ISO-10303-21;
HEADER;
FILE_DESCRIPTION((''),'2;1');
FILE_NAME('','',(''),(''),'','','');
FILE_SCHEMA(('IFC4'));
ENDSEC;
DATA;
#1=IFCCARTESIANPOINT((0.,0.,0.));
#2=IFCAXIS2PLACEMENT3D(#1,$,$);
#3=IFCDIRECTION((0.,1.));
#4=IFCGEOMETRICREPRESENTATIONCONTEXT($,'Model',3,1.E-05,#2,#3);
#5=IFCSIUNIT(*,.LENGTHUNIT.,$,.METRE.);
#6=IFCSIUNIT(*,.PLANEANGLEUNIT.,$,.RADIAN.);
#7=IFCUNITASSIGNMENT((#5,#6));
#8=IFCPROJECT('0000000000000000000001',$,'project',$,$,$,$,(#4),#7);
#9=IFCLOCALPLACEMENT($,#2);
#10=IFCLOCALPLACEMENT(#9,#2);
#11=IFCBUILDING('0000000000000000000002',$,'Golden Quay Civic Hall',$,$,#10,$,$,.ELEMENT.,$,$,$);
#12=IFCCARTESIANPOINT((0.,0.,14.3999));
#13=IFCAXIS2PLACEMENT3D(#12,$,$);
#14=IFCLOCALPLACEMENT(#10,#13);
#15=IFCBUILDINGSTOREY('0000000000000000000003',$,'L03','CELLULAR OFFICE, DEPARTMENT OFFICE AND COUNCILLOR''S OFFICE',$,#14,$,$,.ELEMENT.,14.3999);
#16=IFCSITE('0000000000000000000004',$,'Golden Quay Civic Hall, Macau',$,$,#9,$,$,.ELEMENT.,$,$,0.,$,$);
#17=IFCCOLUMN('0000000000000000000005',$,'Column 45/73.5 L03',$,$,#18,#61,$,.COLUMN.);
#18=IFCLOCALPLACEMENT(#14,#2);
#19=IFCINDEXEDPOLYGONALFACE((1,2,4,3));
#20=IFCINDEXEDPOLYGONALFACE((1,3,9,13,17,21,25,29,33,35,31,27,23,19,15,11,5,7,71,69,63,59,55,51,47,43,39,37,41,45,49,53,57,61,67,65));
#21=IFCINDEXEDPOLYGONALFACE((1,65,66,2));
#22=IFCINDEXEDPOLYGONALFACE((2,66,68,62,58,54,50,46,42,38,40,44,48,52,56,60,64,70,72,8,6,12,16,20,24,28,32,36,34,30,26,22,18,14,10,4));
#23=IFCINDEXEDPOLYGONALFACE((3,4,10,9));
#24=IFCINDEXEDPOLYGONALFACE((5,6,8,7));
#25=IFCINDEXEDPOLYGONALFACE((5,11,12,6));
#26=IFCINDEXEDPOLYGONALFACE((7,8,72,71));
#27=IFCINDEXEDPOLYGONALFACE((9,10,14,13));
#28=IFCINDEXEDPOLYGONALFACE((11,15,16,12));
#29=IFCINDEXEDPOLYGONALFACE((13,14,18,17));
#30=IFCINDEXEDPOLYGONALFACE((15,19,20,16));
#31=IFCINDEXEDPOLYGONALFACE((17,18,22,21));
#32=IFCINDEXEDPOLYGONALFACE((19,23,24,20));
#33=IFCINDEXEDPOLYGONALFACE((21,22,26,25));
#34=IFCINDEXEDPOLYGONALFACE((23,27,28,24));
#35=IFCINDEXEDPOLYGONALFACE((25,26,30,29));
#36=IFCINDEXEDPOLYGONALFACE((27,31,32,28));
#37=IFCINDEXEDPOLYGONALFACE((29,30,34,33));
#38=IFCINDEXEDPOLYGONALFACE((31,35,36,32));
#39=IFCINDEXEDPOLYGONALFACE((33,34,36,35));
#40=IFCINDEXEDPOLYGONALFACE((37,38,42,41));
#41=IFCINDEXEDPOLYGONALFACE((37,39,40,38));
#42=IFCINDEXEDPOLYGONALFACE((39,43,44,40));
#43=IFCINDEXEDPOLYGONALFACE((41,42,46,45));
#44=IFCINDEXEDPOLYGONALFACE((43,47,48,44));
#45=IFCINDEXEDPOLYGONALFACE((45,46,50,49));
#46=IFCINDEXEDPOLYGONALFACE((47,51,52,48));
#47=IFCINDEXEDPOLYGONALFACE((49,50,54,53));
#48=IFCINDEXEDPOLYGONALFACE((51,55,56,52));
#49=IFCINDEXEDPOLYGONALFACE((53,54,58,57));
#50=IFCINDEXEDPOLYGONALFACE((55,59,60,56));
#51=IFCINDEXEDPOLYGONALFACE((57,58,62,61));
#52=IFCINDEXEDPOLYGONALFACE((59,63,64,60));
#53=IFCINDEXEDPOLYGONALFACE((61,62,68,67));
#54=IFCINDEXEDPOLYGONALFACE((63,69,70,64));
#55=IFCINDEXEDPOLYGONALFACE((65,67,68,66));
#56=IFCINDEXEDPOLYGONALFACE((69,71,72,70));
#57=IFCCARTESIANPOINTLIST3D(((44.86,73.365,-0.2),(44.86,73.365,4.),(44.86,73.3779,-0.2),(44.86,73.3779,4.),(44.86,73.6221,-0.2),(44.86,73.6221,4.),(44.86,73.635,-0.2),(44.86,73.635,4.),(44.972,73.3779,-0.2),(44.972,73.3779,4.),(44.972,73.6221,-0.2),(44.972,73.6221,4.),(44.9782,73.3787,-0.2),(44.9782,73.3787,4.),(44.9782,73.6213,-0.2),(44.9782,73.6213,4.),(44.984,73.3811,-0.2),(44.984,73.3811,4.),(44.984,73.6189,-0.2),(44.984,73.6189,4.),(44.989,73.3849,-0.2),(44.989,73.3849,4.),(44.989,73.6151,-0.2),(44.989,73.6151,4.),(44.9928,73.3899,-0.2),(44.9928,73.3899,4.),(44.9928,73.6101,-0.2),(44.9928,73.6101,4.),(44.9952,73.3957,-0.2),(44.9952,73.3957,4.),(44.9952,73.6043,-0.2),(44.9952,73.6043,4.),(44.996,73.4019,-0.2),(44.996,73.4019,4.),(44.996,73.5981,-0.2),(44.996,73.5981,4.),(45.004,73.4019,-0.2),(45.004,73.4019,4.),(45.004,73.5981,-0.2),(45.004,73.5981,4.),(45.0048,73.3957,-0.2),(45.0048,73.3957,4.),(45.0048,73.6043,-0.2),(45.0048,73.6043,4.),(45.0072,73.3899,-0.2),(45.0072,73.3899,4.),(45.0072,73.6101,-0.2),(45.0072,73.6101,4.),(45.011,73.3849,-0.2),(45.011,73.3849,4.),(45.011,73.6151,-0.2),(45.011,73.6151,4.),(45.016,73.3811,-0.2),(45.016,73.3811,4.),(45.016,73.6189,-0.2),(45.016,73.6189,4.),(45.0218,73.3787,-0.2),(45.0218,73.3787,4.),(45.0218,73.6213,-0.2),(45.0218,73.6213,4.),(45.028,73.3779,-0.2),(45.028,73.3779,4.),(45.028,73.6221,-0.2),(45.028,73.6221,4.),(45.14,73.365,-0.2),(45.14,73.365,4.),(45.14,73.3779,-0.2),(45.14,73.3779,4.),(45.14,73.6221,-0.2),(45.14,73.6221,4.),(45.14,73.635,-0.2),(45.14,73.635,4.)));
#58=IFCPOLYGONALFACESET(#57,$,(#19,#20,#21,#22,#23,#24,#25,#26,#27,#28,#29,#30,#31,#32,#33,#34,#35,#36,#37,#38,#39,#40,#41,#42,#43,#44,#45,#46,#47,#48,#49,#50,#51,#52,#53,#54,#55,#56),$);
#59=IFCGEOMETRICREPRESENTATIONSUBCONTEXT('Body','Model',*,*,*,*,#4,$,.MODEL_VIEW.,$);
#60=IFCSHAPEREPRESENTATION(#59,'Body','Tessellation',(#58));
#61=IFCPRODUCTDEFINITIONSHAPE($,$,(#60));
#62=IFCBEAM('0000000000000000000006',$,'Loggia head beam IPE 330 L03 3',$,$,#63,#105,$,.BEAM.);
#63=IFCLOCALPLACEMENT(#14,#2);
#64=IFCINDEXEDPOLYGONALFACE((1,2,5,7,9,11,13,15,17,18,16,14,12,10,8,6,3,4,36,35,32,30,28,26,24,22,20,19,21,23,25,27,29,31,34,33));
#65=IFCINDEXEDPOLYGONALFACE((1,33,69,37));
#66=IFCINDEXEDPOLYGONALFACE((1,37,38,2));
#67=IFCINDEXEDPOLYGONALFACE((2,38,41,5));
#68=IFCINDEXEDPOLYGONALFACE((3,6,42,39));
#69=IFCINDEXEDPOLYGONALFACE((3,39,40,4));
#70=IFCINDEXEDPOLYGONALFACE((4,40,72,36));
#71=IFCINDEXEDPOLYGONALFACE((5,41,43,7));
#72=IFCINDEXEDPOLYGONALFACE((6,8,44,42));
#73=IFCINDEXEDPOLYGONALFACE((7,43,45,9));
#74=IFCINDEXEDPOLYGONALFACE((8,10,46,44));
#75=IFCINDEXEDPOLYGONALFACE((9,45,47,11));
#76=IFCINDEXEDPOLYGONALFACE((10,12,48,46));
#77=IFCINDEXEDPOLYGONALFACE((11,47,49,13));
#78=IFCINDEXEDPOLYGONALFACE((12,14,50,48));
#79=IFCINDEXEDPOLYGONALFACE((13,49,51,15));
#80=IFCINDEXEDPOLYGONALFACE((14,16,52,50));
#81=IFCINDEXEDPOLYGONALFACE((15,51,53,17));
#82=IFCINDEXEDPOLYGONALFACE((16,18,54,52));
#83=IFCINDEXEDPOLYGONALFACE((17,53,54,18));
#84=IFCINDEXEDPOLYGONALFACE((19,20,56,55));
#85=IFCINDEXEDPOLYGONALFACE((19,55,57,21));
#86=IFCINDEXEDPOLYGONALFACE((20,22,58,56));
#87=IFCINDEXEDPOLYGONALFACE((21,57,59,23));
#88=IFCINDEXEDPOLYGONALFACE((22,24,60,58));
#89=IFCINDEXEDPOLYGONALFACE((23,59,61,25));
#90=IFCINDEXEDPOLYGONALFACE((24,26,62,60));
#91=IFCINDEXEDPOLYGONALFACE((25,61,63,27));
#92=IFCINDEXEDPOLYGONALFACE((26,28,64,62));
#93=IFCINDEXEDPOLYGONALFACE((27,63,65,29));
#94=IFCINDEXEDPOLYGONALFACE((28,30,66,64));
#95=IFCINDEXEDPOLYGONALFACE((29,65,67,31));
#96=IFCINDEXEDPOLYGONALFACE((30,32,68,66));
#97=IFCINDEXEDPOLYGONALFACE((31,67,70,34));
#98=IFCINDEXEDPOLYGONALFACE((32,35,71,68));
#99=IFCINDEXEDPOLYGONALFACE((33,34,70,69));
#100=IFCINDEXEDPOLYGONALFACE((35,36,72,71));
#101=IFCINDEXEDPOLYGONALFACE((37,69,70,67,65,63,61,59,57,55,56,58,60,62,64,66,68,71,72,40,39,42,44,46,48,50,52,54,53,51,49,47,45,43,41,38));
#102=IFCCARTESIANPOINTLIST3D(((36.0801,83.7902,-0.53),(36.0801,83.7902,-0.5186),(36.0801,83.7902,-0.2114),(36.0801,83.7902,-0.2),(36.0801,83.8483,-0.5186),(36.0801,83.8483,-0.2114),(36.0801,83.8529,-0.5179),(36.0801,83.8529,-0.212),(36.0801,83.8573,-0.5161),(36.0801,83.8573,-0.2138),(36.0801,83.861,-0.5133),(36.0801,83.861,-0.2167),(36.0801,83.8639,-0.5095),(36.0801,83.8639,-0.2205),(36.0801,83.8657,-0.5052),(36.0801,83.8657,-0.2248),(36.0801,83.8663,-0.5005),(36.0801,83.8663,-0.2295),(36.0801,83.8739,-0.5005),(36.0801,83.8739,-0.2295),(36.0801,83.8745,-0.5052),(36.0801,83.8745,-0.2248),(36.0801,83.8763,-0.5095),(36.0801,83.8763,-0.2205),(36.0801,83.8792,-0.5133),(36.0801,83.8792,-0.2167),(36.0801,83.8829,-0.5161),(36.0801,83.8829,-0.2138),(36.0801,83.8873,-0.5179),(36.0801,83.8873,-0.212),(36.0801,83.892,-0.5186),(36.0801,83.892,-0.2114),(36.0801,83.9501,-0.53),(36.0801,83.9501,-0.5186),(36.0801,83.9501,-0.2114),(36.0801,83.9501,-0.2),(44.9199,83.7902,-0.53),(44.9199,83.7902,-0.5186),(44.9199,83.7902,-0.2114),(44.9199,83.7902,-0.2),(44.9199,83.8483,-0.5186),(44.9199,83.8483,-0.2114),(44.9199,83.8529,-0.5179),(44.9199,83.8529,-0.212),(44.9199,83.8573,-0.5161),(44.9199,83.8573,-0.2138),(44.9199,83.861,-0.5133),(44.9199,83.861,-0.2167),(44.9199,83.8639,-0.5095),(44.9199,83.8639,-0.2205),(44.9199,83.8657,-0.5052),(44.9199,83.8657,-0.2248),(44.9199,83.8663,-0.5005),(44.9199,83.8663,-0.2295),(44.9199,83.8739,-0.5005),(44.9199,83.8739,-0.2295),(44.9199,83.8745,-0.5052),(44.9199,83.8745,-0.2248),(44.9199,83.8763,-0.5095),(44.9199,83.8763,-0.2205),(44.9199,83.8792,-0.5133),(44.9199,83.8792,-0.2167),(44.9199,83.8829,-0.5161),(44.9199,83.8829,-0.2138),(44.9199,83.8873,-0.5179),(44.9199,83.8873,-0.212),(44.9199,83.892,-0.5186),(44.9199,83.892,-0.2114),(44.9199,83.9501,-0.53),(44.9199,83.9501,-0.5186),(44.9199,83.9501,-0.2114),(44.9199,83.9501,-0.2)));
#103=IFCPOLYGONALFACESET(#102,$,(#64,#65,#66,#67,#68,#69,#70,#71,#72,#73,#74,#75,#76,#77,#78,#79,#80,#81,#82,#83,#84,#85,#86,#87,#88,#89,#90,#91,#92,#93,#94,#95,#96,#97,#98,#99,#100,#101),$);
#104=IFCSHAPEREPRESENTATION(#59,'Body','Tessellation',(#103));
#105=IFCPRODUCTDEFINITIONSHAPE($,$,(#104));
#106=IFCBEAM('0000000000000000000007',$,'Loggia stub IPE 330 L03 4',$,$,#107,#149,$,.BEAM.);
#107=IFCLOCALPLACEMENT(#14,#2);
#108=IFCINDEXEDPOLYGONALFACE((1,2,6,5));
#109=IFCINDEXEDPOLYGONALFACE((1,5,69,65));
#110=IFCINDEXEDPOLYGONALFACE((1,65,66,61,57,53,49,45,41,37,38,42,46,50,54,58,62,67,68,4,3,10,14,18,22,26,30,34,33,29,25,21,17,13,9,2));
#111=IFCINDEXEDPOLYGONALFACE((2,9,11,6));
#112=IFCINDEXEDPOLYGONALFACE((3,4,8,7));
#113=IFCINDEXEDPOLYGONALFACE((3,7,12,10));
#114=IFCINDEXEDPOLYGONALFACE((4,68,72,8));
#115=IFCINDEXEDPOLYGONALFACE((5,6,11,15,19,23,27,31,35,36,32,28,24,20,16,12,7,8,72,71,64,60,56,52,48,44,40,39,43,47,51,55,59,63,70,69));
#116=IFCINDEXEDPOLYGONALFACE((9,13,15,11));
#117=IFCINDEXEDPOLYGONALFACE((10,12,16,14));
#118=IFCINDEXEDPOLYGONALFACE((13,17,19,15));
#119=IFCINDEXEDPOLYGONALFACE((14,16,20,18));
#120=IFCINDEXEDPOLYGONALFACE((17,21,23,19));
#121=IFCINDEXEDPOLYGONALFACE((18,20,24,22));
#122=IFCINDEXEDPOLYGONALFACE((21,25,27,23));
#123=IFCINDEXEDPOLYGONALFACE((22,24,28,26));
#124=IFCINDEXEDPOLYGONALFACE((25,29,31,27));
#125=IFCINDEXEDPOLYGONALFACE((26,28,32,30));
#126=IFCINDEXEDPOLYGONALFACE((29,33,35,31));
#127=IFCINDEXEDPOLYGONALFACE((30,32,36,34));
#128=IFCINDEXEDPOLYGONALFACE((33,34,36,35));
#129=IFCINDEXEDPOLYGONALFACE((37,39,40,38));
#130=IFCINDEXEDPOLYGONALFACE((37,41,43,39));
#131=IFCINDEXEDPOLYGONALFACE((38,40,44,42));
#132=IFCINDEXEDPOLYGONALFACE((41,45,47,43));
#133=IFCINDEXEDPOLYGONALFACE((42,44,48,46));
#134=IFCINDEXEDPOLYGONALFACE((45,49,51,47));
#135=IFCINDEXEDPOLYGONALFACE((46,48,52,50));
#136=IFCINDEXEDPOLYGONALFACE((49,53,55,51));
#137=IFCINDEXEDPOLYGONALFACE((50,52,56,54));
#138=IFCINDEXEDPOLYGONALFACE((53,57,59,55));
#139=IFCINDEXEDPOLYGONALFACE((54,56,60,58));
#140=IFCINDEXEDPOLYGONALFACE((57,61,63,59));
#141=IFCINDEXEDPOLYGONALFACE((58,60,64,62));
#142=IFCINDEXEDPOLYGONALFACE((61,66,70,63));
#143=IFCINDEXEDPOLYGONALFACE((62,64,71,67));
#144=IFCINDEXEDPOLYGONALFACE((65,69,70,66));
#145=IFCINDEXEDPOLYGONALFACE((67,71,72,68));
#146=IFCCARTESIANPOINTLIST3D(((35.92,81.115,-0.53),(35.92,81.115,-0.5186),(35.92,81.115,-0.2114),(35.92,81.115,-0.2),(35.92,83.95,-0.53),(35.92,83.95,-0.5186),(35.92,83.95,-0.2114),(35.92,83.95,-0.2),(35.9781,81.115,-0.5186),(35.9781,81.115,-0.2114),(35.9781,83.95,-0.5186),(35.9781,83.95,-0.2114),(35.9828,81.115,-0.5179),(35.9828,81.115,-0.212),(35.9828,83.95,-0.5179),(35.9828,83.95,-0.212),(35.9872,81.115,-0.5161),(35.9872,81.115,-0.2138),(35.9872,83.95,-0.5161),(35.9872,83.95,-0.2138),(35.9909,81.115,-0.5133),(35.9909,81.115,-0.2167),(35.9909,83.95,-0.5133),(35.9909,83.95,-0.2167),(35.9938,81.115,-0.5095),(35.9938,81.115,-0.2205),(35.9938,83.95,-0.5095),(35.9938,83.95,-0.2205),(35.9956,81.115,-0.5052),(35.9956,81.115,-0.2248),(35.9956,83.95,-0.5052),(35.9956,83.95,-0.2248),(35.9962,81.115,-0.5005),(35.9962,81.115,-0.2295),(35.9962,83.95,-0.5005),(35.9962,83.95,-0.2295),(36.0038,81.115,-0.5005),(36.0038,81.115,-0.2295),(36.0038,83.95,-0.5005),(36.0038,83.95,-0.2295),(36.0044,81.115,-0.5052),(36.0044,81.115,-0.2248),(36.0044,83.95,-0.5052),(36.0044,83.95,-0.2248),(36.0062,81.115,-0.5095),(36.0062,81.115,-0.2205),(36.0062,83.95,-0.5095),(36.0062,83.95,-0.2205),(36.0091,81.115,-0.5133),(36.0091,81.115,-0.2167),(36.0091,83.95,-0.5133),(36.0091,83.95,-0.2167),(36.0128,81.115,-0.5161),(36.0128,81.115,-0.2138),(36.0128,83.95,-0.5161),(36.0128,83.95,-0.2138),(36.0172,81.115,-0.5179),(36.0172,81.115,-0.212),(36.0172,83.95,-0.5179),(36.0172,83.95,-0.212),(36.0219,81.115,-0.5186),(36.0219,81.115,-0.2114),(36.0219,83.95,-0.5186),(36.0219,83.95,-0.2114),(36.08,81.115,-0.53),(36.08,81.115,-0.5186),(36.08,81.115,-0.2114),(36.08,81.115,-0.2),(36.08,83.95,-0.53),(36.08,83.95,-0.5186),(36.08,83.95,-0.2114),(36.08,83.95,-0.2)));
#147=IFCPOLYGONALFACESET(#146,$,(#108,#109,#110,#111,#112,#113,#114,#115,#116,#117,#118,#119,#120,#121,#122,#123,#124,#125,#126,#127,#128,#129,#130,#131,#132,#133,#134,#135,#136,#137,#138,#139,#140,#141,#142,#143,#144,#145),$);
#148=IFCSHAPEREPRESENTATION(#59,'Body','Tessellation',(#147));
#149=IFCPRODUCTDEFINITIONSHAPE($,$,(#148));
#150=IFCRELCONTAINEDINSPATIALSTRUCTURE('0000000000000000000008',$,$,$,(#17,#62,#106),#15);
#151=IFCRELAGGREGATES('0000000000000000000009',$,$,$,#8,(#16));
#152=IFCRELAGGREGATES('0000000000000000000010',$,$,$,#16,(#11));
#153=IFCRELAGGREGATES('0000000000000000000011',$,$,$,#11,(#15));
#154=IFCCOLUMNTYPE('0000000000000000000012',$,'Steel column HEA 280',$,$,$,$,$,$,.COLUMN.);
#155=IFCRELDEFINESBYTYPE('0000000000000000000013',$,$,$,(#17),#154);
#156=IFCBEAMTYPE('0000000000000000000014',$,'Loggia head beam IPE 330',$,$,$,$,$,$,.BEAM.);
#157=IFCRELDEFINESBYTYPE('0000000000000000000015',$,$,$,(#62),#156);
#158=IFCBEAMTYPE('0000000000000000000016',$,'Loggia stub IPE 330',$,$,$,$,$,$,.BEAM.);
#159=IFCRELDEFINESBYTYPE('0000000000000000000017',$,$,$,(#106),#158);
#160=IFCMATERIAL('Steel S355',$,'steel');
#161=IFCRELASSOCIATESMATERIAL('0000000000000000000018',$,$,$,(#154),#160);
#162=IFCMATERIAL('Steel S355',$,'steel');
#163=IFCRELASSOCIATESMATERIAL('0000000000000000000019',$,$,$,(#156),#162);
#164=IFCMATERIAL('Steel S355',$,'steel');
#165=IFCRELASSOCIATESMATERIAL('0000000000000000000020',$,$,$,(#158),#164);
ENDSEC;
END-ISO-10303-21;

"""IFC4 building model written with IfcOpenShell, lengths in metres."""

from ifc_helpers import new_model, si_unit, direction, frame, origin, origin_2d, place, context, subcontext, project, spatial, i_section, extrude, material, material_profile, profile_set, type_object, element, save


model = new_model("IFC4")

# Units and contexts
model_context = context("Model", 3, precision=1e-05, world=origin(), true_north=direction((0.0, 1.0)))
body_context = subcontext(model_context, "Body", "Model", "MODEL_VIEW")
ifc_project = project(units=[si_unit("LENGTHUNIT", "METRE"), si_unit("PLANEANGLEUNIT", "RADIAN")], contexts=[model_context])

# Site, building, storey
site_placement = place(None, origin())
site = spatial("IfcSite", under=ifc_project, at=site_placement, Name="Golden Quay Civic Hall, Macau", CompositionType="ELEMENT", RefElevation=0.0)
building_placement = place(site_placement, origin())
building = spatial("IfcBuilding", under=site, at=building_placement, Name="Golden Quay Civic Hall", CompositionType="ELEMENT")
storey_placement = place(building_placement, frame((0.0, 0.0, 14.3999)))
storey = spatial("IfcBuildingStorey", under=building, at=storey_placement, Name="L03", Description="CELLULAR OFFICE, DEPARTMENT OFFICE AND COUNCILLOR'S OFFICE", CompositionType="ELEMENT", Elevation=14.3999)

# Column
ifc_material_1 = material(Name="Steel S355", Category="steel")
ifc_material_profile_1 = material_profile(ifc_material_1, i_section(OverallWidth=0.28, OverallDepth=0.27, WebThickness=0.0081, FlangeThickness=0.0129, FilletRadius=0.0239, at=origin_2d()), Name="HEA 280")
ifc_profile_set_1 = profile_set([ifc_material_profile_1], Name="Steel S355")
column_type_1 = type_object("IfcColumnType", Name="Steel column HEA 280", PredefinedType="COLUMN", material=ifc_profile_set_1)
for number, where, z_axis, x_axis, name in (
    (1, (45.0, 73.5, -0.2), (0.0, 0.0, 1.0), (1.0, 0.0, 0.0), "Column 45/73.5 L03"),
):
    element("IfcColumn", number, at=place(storey_placement, frame(where, z_axis=z_axis, x_axis=x_axis)), inside=storey, type_object=column_type_1, Name=name, PredefinedType="COLUMN", context=body_context, shape_type="SweptSolid", body=[
        extrude(i_section(OverallWidth=0.28, OverallDepth=0.27, WebThickness=0.0081, FlangeThickness=0.0129, FilletRadius=0.0239, at=origin_2d()), origin(), (0.0, 0.0, 1.0), 4.2),
    ])

# Beams
ifc_material_2 = material(Name="Steel S355", Category="steel")
ifc_material_profile_2 = material_profile(ifc_material_2, i_section(OverallWidth=0.1599, OverallDepth=0.3301, WebThickness=0.0076, FlangeThickness=0.0115, FilletRadius=0.0181, at=origin_2d()), Name="IPE 330")
ifc_profile_set_2 = profile_set([ifc_material_profile_2], Name="Steel S355")
beam_type_1 = type_object("IfcBeamType", Name="Loggia head beam IPE 330", PredefinedType="BEAM", material=ifc_profile_set_2)
beam_1_placement = place(storey_placement, frame((36.0801, 83.8701, -0.365), z_axis=(1.0, 0.0, 0.0), x_axis=(0.0, 1.0, 0.0)))
element("IfcBeam", 2, at=beam_1_placement, inside=storey, type_object=beam_type_1, Name="Loggia head beam IPE 330 L03 3", PredefinedType="BEAM", context=body_context, shape_type="SweptSolid", body=[
    extrude(i_section(OverallWidth=0.1599, OverallDepth=0.3301, WebThickness=0.0076, FlangeThickness=0.0115, FilletRadius=0.0181, at=origin_2d()), origin(), (0.0, 0.0, 1.0), 8.8398),
])
ifc_material_3 = material(Name="Steel S355", Category="steel")
ifc_material_profile_3 = material_profile(ifc_material_3, i_section(OverallWidth=0.1599, OverallDepth=0.3301, WebThickness=0.0076, FlangeThickness=0.0115, FilletRadius=0.0181, at=origin_2d()), Name="IPE 330")
ifc_profile_set_3 = profile_set([ifc_material_profile_3], Name="Steel S355")
beam_type_2 = type_object("IfcBeamType", Name="Loggia stub IPE 330", PredefinedType="BEAM", material=ifc_profile_set_3)
beam_2_placement = place(storey_placement, frame((36.0, 81.115, -0.365), z_axis=(0.0, 1.0, 0.0), x_axis=(-1.0, 0.0, 0.0)))
element("IfcBeam", 3, at=beam_2_placement, inside=storey, type_object=beam_type_2, Name="Loggia stub IPE 330 L03 4", PredefinedType="BEAM", context=body_context, shape_type="SweptSolid", body=[
    extrude(i_section(OverallWidth=0.1599, OverallDepth=0.3301, WebThickness=0.0076, FlangeThickness=0.0115, FilletRadius=0.0181, at=origin_2d()), origin(), (0.0, 0.0, 1.0), 2.835),
])

save(model, "model.ifc")
